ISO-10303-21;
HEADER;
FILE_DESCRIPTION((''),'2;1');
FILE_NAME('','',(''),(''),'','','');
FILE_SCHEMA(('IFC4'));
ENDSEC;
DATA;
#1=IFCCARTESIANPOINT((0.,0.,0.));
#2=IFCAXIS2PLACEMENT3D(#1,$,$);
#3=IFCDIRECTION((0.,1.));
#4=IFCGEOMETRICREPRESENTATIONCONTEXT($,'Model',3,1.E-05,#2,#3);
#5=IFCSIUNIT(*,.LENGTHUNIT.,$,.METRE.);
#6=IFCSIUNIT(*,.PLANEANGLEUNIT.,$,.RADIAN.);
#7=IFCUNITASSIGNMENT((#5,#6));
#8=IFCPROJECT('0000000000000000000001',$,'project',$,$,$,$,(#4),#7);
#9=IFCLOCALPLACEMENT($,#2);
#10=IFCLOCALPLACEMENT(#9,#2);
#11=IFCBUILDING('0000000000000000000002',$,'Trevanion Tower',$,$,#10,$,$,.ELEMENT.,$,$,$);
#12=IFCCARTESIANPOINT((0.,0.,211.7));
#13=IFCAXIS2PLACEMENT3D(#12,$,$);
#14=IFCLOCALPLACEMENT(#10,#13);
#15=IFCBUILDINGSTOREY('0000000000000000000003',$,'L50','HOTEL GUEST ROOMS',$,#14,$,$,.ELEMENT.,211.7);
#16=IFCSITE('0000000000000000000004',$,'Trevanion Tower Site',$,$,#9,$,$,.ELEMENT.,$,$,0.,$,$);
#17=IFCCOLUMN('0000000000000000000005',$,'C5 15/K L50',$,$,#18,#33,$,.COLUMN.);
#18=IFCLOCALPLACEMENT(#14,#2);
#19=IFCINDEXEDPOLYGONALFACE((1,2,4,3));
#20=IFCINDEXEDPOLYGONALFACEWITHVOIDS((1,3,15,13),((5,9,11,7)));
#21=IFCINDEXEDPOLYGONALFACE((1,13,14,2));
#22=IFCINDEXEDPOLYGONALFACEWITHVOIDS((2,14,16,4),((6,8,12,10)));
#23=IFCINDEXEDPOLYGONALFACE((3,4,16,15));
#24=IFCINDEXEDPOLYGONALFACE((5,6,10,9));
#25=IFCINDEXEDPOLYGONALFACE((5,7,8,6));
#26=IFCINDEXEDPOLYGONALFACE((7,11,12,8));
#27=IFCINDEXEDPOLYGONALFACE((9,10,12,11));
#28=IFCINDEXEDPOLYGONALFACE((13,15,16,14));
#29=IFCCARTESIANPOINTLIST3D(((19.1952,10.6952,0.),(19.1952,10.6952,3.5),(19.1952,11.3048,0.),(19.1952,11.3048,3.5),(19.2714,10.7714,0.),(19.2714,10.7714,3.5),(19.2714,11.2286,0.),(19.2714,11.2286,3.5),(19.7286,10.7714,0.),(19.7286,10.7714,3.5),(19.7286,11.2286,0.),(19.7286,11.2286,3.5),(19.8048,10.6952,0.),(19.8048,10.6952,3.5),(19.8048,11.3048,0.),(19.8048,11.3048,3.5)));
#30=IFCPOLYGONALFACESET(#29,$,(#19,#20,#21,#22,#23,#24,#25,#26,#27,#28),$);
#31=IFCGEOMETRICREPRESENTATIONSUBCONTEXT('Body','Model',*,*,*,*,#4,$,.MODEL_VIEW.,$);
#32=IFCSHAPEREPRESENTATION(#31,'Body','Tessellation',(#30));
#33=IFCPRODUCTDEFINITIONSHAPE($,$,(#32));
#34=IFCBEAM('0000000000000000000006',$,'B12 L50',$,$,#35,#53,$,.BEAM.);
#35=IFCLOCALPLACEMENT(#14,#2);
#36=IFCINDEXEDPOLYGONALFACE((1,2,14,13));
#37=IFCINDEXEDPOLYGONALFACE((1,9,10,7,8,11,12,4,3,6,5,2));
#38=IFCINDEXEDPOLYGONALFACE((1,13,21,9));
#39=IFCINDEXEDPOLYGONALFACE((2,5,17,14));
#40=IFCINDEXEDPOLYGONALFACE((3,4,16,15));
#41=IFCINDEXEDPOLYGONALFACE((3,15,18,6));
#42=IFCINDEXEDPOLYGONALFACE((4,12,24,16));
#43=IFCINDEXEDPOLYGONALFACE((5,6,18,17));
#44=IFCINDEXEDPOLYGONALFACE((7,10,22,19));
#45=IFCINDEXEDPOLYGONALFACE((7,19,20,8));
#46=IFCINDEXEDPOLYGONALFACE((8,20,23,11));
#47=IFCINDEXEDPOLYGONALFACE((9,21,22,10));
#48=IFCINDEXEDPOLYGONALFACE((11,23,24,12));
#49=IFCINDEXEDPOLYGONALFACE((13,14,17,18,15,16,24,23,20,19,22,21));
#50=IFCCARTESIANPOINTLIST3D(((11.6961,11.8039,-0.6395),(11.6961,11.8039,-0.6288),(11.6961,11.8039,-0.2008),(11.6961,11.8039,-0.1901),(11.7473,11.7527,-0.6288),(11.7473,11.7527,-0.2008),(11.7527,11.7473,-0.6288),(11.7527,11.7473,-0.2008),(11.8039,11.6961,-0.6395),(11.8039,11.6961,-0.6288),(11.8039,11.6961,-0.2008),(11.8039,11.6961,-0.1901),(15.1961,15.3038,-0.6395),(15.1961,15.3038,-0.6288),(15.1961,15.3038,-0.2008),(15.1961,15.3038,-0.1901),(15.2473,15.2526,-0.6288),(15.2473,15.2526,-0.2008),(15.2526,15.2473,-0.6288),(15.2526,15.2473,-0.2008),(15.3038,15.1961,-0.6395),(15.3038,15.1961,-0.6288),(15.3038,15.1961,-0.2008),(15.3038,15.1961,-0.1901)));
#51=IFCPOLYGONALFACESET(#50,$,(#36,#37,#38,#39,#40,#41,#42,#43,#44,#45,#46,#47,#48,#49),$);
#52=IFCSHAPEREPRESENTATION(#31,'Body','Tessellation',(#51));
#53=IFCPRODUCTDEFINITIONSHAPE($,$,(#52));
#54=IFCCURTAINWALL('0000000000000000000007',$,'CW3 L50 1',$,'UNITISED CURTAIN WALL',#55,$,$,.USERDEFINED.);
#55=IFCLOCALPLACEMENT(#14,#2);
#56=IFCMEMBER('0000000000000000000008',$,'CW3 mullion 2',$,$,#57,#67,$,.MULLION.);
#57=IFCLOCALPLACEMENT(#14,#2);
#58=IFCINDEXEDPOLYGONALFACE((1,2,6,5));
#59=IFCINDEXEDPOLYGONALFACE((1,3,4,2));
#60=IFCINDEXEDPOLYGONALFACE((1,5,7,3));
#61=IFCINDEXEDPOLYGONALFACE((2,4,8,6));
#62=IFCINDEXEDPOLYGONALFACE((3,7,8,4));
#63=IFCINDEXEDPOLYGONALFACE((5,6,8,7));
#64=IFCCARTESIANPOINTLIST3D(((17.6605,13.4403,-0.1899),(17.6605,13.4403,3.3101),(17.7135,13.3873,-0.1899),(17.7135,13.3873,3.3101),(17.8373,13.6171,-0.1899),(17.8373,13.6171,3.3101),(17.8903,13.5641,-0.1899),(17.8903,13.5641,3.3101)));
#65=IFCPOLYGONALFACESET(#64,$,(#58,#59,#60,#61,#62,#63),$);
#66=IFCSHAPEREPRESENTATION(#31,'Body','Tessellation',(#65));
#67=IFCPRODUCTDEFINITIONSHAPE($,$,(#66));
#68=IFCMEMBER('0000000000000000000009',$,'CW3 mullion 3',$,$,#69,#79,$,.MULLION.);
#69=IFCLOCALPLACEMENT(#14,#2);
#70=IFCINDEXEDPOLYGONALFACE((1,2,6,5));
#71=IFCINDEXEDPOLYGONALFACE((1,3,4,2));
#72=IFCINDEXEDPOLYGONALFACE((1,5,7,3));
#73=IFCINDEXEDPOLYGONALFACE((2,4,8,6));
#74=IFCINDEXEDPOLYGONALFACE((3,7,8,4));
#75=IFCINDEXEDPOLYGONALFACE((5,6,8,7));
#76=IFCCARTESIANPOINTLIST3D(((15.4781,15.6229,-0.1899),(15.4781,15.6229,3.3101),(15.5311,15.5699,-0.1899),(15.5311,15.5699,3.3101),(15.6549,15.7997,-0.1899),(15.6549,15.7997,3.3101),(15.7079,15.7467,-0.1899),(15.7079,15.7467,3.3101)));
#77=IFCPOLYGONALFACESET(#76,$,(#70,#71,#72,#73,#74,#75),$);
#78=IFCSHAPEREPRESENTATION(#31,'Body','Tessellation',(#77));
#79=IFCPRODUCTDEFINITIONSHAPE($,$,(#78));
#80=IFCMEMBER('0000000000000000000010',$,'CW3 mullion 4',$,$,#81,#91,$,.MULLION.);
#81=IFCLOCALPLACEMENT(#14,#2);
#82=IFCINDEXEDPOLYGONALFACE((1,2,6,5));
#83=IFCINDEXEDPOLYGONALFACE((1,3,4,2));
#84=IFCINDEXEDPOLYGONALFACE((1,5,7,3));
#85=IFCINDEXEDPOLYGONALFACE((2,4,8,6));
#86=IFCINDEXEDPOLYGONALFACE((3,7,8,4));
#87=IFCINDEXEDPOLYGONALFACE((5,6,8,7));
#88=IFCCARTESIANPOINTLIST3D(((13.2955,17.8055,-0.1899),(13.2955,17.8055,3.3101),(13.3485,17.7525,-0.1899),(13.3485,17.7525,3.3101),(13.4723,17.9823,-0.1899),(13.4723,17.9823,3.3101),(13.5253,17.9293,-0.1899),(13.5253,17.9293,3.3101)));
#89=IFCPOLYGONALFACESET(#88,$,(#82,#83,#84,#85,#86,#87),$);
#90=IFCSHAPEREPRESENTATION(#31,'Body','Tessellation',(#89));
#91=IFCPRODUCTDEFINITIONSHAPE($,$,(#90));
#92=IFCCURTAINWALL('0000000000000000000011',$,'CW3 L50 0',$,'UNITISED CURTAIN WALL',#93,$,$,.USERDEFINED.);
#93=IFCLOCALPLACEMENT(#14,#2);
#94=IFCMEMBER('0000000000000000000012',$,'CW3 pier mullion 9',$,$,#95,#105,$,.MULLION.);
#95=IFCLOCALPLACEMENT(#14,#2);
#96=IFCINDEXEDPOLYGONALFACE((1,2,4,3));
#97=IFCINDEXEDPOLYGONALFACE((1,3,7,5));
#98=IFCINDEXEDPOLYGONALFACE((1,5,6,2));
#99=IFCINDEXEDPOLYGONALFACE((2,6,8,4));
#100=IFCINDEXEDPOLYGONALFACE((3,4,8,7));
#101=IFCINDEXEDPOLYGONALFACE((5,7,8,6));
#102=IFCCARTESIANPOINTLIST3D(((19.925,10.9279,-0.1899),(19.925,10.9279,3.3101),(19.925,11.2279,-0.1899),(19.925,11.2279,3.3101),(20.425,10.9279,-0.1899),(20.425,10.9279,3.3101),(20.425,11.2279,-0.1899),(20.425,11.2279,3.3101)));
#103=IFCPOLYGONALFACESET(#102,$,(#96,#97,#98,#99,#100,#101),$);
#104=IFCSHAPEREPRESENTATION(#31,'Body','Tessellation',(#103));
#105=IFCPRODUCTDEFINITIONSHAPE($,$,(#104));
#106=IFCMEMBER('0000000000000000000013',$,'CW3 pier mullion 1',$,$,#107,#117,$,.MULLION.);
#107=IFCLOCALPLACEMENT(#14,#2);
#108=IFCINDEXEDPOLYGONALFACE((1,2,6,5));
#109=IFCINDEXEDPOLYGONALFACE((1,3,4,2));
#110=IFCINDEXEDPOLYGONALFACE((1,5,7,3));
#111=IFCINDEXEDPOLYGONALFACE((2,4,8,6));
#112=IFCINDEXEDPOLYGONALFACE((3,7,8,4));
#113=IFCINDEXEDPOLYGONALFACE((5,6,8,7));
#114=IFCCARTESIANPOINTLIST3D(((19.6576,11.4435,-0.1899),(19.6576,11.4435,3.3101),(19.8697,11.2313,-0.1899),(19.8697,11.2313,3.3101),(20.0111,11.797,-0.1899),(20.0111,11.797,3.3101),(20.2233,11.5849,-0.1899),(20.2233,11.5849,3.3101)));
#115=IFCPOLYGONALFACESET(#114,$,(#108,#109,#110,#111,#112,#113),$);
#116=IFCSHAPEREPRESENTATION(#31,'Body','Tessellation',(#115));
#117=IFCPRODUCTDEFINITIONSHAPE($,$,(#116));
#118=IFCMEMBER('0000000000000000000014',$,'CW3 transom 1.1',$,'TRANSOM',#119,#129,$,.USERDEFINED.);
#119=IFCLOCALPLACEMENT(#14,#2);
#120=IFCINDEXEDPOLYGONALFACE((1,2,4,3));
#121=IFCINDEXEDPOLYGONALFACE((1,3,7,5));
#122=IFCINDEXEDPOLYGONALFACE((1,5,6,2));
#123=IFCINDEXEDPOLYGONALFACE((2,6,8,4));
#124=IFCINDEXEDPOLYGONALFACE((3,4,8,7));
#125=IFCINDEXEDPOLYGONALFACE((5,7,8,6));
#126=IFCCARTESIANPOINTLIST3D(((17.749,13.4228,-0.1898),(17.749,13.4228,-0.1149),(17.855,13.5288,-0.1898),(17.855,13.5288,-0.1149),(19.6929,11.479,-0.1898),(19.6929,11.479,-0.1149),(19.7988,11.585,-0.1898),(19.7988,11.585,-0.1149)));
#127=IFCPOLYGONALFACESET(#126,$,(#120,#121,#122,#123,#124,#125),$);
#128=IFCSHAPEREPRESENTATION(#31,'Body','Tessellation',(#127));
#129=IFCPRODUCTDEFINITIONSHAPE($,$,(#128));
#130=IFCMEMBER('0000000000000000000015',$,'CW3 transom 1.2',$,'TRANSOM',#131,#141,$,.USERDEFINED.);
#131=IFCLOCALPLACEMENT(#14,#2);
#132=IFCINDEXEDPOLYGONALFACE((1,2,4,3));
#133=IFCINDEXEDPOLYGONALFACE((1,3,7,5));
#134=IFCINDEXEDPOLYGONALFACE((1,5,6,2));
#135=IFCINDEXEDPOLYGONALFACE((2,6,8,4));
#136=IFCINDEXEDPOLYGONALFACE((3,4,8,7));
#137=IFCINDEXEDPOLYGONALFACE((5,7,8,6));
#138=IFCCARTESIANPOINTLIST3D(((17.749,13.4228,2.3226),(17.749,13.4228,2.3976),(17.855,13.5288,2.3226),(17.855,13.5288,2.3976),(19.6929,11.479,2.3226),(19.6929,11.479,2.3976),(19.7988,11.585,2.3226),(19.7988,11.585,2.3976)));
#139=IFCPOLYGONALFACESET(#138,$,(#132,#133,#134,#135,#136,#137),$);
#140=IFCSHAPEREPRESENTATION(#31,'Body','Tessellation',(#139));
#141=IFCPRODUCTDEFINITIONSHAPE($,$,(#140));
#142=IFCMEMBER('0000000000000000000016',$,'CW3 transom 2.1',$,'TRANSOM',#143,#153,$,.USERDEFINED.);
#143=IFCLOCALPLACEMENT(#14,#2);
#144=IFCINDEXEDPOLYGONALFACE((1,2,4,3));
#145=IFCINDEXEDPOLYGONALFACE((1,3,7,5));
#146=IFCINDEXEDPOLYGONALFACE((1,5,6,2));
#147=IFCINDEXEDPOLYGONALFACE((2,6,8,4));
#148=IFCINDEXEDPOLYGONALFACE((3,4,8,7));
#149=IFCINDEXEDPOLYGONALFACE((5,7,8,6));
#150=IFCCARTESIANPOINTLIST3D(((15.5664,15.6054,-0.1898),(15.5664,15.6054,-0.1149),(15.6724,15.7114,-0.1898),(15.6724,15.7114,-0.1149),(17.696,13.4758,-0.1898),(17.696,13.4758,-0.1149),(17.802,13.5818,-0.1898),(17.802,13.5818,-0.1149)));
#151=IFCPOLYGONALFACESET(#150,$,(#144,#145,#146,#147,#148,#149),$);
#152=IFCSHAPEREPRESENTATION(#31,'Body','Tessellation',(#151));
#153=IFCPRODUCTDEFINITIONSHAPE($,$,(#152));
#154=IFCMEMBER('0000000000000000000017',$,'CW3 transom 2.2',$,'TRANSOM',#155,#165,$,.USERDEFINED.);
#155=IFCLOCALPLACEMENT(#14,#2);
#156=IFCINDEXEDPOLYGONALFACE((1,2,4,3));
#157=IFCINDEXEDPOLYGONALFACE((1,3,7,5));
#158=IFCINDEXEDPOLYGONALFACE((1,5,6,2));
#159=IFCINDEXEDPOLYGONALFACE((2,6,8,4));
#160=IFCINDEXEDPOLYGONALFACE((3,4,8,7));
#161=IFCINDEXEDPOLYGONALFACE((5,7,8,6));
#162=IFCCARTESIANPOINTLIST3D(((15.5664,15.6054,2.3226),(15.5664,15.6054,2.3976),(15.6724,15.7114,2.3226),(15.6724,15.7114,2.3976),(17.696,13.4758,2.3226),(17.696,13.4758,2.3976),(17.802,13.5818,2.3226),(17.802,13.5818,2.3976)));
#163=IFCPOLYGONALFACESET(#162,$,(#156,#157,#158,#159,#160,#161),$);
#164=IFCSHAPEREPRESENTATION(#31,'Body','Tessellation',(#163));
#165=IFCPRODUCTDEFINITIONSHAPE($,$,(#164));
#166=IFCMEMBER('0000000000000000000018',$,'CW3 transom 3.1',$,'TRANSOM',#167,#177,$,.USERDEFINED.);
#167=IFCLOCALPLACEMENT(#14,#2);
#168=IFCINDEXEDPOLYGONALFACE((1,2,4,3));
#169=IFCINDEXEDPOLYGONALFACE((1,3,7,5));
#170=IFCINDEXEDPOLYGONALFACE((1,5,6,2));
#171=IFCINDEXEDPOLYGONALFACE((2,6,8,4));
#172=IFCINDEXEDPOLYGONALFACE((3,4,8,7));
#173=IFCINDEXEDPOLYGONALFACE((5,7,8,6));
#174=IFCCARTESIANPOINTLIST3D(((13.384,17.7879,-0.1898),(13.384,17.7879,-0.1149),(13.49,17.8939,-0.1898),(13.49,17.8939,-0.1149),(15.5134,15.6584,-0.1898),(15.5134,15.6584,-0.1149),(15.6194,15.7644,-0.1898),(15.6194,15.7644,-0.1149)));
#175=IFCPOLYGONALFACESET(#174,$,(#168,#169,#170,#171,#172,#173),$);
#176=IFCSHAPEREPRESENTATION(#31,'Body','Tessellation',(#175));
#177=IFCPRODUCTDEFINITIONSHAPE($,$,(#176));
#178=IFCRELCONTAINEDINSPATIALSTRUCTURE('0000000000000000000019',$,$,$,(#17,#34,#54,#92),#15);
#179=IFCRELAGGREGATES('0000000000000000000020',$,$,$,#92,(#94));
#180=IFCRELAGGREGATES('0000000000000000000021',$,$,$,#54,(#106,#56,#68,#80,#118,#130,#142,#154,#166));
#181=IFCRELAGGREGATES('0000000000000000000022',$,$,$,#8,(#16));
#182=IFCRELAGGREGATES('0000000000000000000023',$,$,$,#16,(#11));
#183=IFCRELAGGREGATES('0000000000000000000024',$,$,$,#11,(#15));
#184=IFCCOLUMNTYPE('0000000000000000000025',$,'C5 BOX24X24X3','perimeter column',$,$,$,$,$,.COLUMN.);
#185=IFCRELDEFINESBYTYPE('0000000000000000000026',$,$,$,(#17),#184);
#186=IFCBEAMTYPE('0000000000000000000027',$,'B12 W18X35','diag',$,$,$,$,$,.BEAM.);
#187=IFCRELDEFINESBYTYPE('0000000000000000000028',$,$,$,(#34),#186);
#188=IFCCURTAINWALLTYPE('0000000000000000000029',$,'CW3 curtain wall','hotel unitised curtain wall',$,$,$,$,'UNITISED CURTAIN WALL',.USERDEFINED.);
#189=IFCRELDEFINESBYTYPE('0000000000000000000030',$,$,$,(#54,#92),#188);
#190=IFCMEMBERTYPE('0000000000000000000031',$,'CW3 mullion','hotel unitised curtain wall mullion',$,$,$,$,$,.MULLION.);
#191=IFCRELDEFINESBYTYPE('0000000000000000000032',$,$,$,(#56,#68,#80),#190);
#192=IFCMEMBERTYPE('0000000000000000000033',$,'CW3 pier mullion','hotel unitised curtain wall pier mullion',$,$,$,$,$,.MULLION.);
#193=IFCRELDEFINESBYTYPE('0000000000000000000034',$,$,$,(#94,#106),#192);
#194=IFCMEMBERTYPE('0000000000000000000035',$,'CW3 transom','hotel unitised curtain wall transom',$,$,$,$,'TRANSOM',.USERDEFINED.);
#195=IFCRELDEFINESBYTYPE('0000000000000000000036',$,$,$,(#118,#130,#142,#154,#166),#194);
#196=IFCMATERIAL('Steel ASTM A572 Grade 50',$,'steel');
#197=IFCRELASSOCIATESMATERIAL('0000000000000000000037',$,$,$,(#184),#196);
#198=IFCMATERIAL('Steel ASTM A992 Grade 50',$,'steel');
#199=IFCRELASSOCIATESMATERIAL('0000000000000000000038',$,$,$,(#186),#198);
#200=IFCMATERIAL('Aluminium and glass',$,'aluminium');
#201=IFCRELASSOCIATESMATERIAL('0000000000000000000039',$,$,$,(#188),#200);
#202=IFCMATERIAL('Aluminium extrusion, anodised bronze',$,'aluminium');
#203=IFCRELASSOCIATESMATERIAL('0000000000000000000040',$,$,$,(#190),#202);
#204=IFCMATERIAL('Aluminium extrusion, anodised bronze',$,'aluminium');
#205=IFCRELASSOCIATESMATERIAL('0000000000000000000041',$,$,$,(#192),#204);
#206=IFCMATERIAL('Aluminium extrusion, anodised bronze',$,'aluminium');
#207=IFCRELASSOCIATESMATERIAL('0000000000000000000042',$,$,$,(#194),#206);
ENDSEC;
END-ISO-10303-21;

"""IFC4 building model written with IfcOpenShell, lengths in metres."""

from ifc_helpers import new_model, si_unit, direction, frame, origin, origin_2d, place, context, subcontext, project, spatial, rectangle, hollow_rectangle, i_section, extrude, material, material_profile, profile_set, type_object, element, aggregate, save


model = new_model("IFC4")

# Units and contexts
model_context = context("Model", 3, precision=1e-05, world=origin(), true_north=direction((0.0, 1.0)))
body_context = subcontext(model_context, "Body", "Model", "MODEL_VIEW")
ifc_project = project(units=[si_unit("LENGTHUNIT", "METRE"), si_unit("PLANEANGLEUNIT", "RADIAN")], contexts=[model_context])

# Site, building, storey
site_placement = place(None, origin())
site = spatial("IfcSite", under=ifc_project, at=site_placement, Name="Trevanion Tower Site", CompositionType="ELEMENT", RefElevation=0.0)
building_placement = place(site_placement, origin())
building = spatial("IfcBuilding", under=site, at=building_placement, Name="Trevanion Tower", CompositionType="ELEMENT")
storey_placement = place(building_placement, frame((0.0, 0.0, 211.7)))
storey = spatial("IfcBuildingStorey", under=building, at=storey_placement, Name="L50", Description="HOTEL GUEST ROOMS", CompositionType="ELEMENT", Elevation=211.7)

# Column
ifc_material_1 = material(Name="Steel ASTM A572 Grade 50", Category="steel")
ifc_material_profile_1 = material_profile(ifc_material_1, hollow_rectangle(XDim=0.6096, YDim=0.6096, WallThickness=0.0762, at=origin_2d()), Name="BOX24X24X3")
ifc_profile_set_1 = profile_set([ifc_material_profile_1], Name="Steel ASTM A572 Grade 50")
column_type = type_object("IfcColumnType", Name="C5 BOX24X24X3", Description="perimeter column", PredefinedType="COLUMN", material=ifc_profile_set_1)
column_placement = place(storey_placement, frame((19.5, 11.0, 0.0), z_axis=(0.0, 0.0, 1.0), x_axis=(0.0, 1.0, 0.0)))
element("IfcColumn", 1, at=column_placement, inside=storey, type_object=column_type, Name="C5 15/K L50", PredefinedType="COLUMN", context=body_context, shape_type="SweptSolid", body=[
    extrude(hollow_rectangle(XDim=0.6096, YDim=0.6096, WallThickness=0.0762, at=origin_2d()), origin(), (0.0, 0.0, 1.0), 3.5),
])

# Beam
ifc_material_2 = material(Name="Steel ASTM A992 Grade 50", Category="steel")
ifc_material_profile_2 = material_profile(ifc_material_2, i_section(OverallWidth=0.1523, OverallDepth=0.4495, WebThickness=0.0076, FlangeThickness=0.0107, at=origin_2d()), Name="W18X35")
ifc_profile_set_2 = profile_set([ifc_material_profile_2], Name="Steel ASTM A992 Grade 50")
beam_type_1 = type_object("IfcBeamType", Name="B12 W18X35", Description="diag", PredefinedType="BEAM", material=ifc_profile_set_2)
beam_1_placement = place(storey_placement, frame((11.75, 11.75, -0.4148), z_axis=(0.707107, 0.707107, 0.0), x_axis=(-0.707107, 0.707107, 0.0)))
element("IfcBeam", 2, at=beam_1_placement, inside=storey, type_object=beam_type_1, Name="B12 L50", PredefinedType="BEAM", context=body_context, shape_type="SweptSolid", body=[
    extrude(i_section(OverallWidth=0.1523, OverallDepth=0.4495, WebThickness=0.0076, FlangeThickness=0.0107, at=origin_2d()), origin(), (0.0, 0.0, 1.0), 4.9497),
])

# Curtain wall, members
ifc_material_3 = material(Name="Aluminium and glass", Category="aluminium")
curtain_wall_type = type_object("IfcCurtainWallType", Name="CW3 curtain wall", Description="hotel unitised curtain wall", ElementType="UNITISED CURTAIN WALL", PredefinedType="USERDEFINED", material=ifc_material_3)
curtain_wall_1_placement = place(storey_placement, origin())
curtain_wall_1 = element("IfcCurtainWall", 3, at=curtain_wall_1_placement, inside=storey, type_object=curtain_wall_type, Name="CW3 L50 1", ObjectType="UNITISED CURTAIN WALL", PredefinedType="USERDEFINED")
ifc_material_4 = material(Name="Aluminium extrusion, anodised bronze", Category="aluminium")
ifc_material_profile_3 = material_profile(ifc_material_4, rectangle(XDim=0.075, YDim=0.25, at=origin_2d()), Name="CW3 mullion")
ifc_profile_set_3 = profile_set([ifc_material_profile_3], Name="Aluminium extrusion, anodised bronze")
member_type_1 = type_object("IfcMemberType", Name="CW3 mullion", Description="hotel unitised curtain wall mullion", PredefinedType="MULLION", material=ifc_profile_set_3)
member_1_placement = place(storey_placement, frame((17.7754, 13.5022, -0.1899), z_axis=(0.0, 0.0, 1.0), x_axis=(-0.707107, 0.707107, 0.0)))
member_1 = element("IfcMember", 4, at=member_1_placement, type_object=member_type_1, Name="CW3 mullion 2", PredefinedType="MULLION", context=body_context, shape_type="SweptSolid", body=[
    extrude(rectangle(XDim=0.075, YDim=0.25, at=origin_2d()), origin(), (0.0, 0.0, 1.0), 3.5),
])
member_2_placement = place(storey_placement, frame((15.593, 15.6848, -0.1899), z_axis=(0.0, 0.0, 1.0), x_axis=(-0.707107, 0.707107, 0.0)))
member_2 = element("IfcMember", 5, at=member_2_placement, type_object=member_type_1, Name="CW3 mullion 3", PredefinedType="MULLION", context=body_context, shape_type="SweptSolid", body=[
    extrude(rectangle(XDim=0.075, YDim=0.25, at=origin_2d()), origin(), (0.0, 0.0, 1.0), 3.5),
])
member_3_placement = place(storey_placement, frame((13.4104, 17.8674, -0.1899), z_axis=(0.0, 0.0, 1.0), x_axis=(-0.707107, 0.707107, 0.0)))
member_3 = element("IfcMember", 6, at=member_3_placement, type_object=member_type_1, Name="CW3 mullion 4", PredefinedType="MULLION", context=body_context, shape_type="SweptSolid", body=[
    extrude(rectangle(XDim=0.075, YDim=0.25, at=origin_2d()), origin(), (0.0, 0.0, 1.0), 3.5),
])

# Curtain wall, member
curtain_wall_2_placement = place(storey_placement, origin())
curtain_wall_2 = element("IfcCurtainWall", 7, at=curtain_wall_2_placement, inside=storey, type_object=curtain_wall_type, Name="CW3 L50 0", ObjectType="UNITISED CURTAIN WALL", PredefinedType="USERDEFINED")
ifc_material_5 = material(Name="Aluminium extrusion, anodised bronze", Category="aluminium")
ifc_material_profile_4 = material_profile(ifc_material_5, rectangle(XDim=0.3, YDim=0.5, at=origin_2d()), Name="CW3 pier mullion")
ifc_profile_set_4 = profile_set([ifc_material_profile_4], Name="Aluminium extrusion, anodised bronze")
member_type_2 = type_object("IfcMemberType", Name="CW3 pier mullion", Description="hotel unitised curtain wall pier mullion", PredefinedType="MULLION", material=ifc_profile_set_4)
member_4_placement = place(storey_placement, frame((20.175, 11.0779, -0.1899), z_axis=(0.0, 0.0, 1.0), x_axis=(0.0, 1.0, 0.0)))
member_4 = element("IfcMember", 8, at=member_4_placement, type_object=member_type_2, Name="CW3 pier mullion 9", PredefinedType="MULLION", context=body_context, shape_type="SweptSolid", body=[
    extrude(rectangle(XDim=0.3, YDim=0.5, at=origin_2d()), origin(), (0.0, 0.0, 1.0), 3.5),
])

# Members
member_5_placement = place(storey_placement, frame((19.9404, 11.5142, -0.1899), z_axis=(0.0, 0.0, 1.0), x_axis=(-0.707107, 0.707107, 0.0)))
member_5 = element("IfcMember", 9, at=member_5_placement, type_object=member_type_2, Name="CW3 pier mullion 1", PredefinedType="MULLION", context=body_context, shape_type="SweptSolid", body=[
    extrude(rectangle(XDim=0.3, YDim=0.5, at=origin_2d()), origin(), (0.0, 0.0, 1.0), 3.5),
])
ifc_material_6 = material(Name="Aluminium extrusion, anodised bronze", Category="aluminium")
ifc_material_profile_5 = material_profile(ifc_material_6, rectangle(XDim=0.1499, YDim=0.075, at=origin_2d()), Name="CW3 transom")
ifc_profile_set_5 = profile_set([ifc_material_profile_5], Name="Aluminium extrusion, anodised bronze")
member_type_3 = type_object("IfcMemberType", Name="CW3 transom", Description="hotel unitised curtain wall transom", ElementType="TRANSOM", PredefinedType="USERDEFINED", material=ifc_profile_set_5)
member_6_placement = place(storey_placement, frame((19.7458, 11.532, -0.1523), z_axis=(-0.707107, 0.707107, 0.0), x_axis=(-0.707107, -0.707107, 0.0)))
member_6 = element("IfcMember", 10, at=member_6_placement, type_object=member_type_3, Name="CW3 transom 1.1", ObjectType="TRANSOM", PredefinedType="USERDEFINED", context=body_context, shape_type="SweptSolid", body=[
    extrude(rectangle(XDim=0.1499, YDim=0.075, at=origin_2d()), origin(), (0.0, 0.0, 1.0), 2.749),
])
member_7_placement = place(storey_placement, frame((19.7458, 11.532, 2.3601), z_axis=(-0.707107, 0.707107, 0.0), x_axis=(-0.707107, -0.707107, 0.0)))
member_7 = element("IfcMember", 11, at=member_7_placement, type_object=member_type_3, Name="CW3 transom 1.2", ObjectType="TRANSOM", PredefinedType="USERDEFINED", context=body_context, shape_type="SweptSolid", body=[
    extrude(rectangle(XDim=0.1499, YDim=0.075, at=origin_2d()), origin(), (0.0, 0.0, 1.0), 2.749),
])
member_8_placement = place(storey_placement, frame((17.749, 13.5288, -0.1523), z_axis=(-0.707107, 0.707107, 0.0), x_axis=(-0.707107, -0.707107, 0.0)))
member_8 = element("IfcMember", 12, at=member_8_placement, type_object=member_type_3, Name="CW3 transom 2.1", ObjectType="TRANSOM", PredefinedType="USERDEFINED", context=body_context, shape_type="SweptSolid", body=[
    extrude(rectangle(XDim=0.1499, YDim=0.075, at=origin_2d()), origin(), (0.0, 0.0, 1.0), 3.0117),
])
member_9_placement = place(storey_placement, frame((17.749, 13.5288, 2.3601), z_axis=(-0.707107, 0.707107, 0.0), x_axis=(-0.707107, -0.707107, 0.0)))
member_9 = element("IfcMember", 13, at=member_9_placement, type_object=member_type_3, Name="CW3 transom 2.2", ObjectType="TRANSOM", PredefinedType="USERDEFINED", context=body_context, shape_type="SweptSolid", body=[
    extrude(rectangle(XDim=0.1499, YDim=0.075, at=origin_2d()), origin(), (0.0, 0.0, 1.0), 3.0117),
])
member_10_placement = place(storey_placement, frame((15.5664, 15.7114, -0.1523), z_axis=(-0.707107, 0.707107, 0.0), x_axis=(-0.707107, -0.707107, 0.0)))
member_10 = element("IfcMember", 14, at=member_10_placement, type_object=member_type_3, Name="CW3 transom 3.1", ObjectType="TRANSOM", PredefinedType="USERDEFINED", context=body_context, shape_type="SweptSolid", body=[
    extrude(rectangle(XDim=0.1499, YDim=0.075, at=origin_2d()), origin(), (0.0, 0.0, 1.0), 3.0115),
])

aggregate(curtain_wall_2, [member_4])
aggregate(curtain_wall_1, [member_5, member_1, member_2, member_3, member_6, member_7, member_8, member_9, member_10])

save(model, "model.ifc")
